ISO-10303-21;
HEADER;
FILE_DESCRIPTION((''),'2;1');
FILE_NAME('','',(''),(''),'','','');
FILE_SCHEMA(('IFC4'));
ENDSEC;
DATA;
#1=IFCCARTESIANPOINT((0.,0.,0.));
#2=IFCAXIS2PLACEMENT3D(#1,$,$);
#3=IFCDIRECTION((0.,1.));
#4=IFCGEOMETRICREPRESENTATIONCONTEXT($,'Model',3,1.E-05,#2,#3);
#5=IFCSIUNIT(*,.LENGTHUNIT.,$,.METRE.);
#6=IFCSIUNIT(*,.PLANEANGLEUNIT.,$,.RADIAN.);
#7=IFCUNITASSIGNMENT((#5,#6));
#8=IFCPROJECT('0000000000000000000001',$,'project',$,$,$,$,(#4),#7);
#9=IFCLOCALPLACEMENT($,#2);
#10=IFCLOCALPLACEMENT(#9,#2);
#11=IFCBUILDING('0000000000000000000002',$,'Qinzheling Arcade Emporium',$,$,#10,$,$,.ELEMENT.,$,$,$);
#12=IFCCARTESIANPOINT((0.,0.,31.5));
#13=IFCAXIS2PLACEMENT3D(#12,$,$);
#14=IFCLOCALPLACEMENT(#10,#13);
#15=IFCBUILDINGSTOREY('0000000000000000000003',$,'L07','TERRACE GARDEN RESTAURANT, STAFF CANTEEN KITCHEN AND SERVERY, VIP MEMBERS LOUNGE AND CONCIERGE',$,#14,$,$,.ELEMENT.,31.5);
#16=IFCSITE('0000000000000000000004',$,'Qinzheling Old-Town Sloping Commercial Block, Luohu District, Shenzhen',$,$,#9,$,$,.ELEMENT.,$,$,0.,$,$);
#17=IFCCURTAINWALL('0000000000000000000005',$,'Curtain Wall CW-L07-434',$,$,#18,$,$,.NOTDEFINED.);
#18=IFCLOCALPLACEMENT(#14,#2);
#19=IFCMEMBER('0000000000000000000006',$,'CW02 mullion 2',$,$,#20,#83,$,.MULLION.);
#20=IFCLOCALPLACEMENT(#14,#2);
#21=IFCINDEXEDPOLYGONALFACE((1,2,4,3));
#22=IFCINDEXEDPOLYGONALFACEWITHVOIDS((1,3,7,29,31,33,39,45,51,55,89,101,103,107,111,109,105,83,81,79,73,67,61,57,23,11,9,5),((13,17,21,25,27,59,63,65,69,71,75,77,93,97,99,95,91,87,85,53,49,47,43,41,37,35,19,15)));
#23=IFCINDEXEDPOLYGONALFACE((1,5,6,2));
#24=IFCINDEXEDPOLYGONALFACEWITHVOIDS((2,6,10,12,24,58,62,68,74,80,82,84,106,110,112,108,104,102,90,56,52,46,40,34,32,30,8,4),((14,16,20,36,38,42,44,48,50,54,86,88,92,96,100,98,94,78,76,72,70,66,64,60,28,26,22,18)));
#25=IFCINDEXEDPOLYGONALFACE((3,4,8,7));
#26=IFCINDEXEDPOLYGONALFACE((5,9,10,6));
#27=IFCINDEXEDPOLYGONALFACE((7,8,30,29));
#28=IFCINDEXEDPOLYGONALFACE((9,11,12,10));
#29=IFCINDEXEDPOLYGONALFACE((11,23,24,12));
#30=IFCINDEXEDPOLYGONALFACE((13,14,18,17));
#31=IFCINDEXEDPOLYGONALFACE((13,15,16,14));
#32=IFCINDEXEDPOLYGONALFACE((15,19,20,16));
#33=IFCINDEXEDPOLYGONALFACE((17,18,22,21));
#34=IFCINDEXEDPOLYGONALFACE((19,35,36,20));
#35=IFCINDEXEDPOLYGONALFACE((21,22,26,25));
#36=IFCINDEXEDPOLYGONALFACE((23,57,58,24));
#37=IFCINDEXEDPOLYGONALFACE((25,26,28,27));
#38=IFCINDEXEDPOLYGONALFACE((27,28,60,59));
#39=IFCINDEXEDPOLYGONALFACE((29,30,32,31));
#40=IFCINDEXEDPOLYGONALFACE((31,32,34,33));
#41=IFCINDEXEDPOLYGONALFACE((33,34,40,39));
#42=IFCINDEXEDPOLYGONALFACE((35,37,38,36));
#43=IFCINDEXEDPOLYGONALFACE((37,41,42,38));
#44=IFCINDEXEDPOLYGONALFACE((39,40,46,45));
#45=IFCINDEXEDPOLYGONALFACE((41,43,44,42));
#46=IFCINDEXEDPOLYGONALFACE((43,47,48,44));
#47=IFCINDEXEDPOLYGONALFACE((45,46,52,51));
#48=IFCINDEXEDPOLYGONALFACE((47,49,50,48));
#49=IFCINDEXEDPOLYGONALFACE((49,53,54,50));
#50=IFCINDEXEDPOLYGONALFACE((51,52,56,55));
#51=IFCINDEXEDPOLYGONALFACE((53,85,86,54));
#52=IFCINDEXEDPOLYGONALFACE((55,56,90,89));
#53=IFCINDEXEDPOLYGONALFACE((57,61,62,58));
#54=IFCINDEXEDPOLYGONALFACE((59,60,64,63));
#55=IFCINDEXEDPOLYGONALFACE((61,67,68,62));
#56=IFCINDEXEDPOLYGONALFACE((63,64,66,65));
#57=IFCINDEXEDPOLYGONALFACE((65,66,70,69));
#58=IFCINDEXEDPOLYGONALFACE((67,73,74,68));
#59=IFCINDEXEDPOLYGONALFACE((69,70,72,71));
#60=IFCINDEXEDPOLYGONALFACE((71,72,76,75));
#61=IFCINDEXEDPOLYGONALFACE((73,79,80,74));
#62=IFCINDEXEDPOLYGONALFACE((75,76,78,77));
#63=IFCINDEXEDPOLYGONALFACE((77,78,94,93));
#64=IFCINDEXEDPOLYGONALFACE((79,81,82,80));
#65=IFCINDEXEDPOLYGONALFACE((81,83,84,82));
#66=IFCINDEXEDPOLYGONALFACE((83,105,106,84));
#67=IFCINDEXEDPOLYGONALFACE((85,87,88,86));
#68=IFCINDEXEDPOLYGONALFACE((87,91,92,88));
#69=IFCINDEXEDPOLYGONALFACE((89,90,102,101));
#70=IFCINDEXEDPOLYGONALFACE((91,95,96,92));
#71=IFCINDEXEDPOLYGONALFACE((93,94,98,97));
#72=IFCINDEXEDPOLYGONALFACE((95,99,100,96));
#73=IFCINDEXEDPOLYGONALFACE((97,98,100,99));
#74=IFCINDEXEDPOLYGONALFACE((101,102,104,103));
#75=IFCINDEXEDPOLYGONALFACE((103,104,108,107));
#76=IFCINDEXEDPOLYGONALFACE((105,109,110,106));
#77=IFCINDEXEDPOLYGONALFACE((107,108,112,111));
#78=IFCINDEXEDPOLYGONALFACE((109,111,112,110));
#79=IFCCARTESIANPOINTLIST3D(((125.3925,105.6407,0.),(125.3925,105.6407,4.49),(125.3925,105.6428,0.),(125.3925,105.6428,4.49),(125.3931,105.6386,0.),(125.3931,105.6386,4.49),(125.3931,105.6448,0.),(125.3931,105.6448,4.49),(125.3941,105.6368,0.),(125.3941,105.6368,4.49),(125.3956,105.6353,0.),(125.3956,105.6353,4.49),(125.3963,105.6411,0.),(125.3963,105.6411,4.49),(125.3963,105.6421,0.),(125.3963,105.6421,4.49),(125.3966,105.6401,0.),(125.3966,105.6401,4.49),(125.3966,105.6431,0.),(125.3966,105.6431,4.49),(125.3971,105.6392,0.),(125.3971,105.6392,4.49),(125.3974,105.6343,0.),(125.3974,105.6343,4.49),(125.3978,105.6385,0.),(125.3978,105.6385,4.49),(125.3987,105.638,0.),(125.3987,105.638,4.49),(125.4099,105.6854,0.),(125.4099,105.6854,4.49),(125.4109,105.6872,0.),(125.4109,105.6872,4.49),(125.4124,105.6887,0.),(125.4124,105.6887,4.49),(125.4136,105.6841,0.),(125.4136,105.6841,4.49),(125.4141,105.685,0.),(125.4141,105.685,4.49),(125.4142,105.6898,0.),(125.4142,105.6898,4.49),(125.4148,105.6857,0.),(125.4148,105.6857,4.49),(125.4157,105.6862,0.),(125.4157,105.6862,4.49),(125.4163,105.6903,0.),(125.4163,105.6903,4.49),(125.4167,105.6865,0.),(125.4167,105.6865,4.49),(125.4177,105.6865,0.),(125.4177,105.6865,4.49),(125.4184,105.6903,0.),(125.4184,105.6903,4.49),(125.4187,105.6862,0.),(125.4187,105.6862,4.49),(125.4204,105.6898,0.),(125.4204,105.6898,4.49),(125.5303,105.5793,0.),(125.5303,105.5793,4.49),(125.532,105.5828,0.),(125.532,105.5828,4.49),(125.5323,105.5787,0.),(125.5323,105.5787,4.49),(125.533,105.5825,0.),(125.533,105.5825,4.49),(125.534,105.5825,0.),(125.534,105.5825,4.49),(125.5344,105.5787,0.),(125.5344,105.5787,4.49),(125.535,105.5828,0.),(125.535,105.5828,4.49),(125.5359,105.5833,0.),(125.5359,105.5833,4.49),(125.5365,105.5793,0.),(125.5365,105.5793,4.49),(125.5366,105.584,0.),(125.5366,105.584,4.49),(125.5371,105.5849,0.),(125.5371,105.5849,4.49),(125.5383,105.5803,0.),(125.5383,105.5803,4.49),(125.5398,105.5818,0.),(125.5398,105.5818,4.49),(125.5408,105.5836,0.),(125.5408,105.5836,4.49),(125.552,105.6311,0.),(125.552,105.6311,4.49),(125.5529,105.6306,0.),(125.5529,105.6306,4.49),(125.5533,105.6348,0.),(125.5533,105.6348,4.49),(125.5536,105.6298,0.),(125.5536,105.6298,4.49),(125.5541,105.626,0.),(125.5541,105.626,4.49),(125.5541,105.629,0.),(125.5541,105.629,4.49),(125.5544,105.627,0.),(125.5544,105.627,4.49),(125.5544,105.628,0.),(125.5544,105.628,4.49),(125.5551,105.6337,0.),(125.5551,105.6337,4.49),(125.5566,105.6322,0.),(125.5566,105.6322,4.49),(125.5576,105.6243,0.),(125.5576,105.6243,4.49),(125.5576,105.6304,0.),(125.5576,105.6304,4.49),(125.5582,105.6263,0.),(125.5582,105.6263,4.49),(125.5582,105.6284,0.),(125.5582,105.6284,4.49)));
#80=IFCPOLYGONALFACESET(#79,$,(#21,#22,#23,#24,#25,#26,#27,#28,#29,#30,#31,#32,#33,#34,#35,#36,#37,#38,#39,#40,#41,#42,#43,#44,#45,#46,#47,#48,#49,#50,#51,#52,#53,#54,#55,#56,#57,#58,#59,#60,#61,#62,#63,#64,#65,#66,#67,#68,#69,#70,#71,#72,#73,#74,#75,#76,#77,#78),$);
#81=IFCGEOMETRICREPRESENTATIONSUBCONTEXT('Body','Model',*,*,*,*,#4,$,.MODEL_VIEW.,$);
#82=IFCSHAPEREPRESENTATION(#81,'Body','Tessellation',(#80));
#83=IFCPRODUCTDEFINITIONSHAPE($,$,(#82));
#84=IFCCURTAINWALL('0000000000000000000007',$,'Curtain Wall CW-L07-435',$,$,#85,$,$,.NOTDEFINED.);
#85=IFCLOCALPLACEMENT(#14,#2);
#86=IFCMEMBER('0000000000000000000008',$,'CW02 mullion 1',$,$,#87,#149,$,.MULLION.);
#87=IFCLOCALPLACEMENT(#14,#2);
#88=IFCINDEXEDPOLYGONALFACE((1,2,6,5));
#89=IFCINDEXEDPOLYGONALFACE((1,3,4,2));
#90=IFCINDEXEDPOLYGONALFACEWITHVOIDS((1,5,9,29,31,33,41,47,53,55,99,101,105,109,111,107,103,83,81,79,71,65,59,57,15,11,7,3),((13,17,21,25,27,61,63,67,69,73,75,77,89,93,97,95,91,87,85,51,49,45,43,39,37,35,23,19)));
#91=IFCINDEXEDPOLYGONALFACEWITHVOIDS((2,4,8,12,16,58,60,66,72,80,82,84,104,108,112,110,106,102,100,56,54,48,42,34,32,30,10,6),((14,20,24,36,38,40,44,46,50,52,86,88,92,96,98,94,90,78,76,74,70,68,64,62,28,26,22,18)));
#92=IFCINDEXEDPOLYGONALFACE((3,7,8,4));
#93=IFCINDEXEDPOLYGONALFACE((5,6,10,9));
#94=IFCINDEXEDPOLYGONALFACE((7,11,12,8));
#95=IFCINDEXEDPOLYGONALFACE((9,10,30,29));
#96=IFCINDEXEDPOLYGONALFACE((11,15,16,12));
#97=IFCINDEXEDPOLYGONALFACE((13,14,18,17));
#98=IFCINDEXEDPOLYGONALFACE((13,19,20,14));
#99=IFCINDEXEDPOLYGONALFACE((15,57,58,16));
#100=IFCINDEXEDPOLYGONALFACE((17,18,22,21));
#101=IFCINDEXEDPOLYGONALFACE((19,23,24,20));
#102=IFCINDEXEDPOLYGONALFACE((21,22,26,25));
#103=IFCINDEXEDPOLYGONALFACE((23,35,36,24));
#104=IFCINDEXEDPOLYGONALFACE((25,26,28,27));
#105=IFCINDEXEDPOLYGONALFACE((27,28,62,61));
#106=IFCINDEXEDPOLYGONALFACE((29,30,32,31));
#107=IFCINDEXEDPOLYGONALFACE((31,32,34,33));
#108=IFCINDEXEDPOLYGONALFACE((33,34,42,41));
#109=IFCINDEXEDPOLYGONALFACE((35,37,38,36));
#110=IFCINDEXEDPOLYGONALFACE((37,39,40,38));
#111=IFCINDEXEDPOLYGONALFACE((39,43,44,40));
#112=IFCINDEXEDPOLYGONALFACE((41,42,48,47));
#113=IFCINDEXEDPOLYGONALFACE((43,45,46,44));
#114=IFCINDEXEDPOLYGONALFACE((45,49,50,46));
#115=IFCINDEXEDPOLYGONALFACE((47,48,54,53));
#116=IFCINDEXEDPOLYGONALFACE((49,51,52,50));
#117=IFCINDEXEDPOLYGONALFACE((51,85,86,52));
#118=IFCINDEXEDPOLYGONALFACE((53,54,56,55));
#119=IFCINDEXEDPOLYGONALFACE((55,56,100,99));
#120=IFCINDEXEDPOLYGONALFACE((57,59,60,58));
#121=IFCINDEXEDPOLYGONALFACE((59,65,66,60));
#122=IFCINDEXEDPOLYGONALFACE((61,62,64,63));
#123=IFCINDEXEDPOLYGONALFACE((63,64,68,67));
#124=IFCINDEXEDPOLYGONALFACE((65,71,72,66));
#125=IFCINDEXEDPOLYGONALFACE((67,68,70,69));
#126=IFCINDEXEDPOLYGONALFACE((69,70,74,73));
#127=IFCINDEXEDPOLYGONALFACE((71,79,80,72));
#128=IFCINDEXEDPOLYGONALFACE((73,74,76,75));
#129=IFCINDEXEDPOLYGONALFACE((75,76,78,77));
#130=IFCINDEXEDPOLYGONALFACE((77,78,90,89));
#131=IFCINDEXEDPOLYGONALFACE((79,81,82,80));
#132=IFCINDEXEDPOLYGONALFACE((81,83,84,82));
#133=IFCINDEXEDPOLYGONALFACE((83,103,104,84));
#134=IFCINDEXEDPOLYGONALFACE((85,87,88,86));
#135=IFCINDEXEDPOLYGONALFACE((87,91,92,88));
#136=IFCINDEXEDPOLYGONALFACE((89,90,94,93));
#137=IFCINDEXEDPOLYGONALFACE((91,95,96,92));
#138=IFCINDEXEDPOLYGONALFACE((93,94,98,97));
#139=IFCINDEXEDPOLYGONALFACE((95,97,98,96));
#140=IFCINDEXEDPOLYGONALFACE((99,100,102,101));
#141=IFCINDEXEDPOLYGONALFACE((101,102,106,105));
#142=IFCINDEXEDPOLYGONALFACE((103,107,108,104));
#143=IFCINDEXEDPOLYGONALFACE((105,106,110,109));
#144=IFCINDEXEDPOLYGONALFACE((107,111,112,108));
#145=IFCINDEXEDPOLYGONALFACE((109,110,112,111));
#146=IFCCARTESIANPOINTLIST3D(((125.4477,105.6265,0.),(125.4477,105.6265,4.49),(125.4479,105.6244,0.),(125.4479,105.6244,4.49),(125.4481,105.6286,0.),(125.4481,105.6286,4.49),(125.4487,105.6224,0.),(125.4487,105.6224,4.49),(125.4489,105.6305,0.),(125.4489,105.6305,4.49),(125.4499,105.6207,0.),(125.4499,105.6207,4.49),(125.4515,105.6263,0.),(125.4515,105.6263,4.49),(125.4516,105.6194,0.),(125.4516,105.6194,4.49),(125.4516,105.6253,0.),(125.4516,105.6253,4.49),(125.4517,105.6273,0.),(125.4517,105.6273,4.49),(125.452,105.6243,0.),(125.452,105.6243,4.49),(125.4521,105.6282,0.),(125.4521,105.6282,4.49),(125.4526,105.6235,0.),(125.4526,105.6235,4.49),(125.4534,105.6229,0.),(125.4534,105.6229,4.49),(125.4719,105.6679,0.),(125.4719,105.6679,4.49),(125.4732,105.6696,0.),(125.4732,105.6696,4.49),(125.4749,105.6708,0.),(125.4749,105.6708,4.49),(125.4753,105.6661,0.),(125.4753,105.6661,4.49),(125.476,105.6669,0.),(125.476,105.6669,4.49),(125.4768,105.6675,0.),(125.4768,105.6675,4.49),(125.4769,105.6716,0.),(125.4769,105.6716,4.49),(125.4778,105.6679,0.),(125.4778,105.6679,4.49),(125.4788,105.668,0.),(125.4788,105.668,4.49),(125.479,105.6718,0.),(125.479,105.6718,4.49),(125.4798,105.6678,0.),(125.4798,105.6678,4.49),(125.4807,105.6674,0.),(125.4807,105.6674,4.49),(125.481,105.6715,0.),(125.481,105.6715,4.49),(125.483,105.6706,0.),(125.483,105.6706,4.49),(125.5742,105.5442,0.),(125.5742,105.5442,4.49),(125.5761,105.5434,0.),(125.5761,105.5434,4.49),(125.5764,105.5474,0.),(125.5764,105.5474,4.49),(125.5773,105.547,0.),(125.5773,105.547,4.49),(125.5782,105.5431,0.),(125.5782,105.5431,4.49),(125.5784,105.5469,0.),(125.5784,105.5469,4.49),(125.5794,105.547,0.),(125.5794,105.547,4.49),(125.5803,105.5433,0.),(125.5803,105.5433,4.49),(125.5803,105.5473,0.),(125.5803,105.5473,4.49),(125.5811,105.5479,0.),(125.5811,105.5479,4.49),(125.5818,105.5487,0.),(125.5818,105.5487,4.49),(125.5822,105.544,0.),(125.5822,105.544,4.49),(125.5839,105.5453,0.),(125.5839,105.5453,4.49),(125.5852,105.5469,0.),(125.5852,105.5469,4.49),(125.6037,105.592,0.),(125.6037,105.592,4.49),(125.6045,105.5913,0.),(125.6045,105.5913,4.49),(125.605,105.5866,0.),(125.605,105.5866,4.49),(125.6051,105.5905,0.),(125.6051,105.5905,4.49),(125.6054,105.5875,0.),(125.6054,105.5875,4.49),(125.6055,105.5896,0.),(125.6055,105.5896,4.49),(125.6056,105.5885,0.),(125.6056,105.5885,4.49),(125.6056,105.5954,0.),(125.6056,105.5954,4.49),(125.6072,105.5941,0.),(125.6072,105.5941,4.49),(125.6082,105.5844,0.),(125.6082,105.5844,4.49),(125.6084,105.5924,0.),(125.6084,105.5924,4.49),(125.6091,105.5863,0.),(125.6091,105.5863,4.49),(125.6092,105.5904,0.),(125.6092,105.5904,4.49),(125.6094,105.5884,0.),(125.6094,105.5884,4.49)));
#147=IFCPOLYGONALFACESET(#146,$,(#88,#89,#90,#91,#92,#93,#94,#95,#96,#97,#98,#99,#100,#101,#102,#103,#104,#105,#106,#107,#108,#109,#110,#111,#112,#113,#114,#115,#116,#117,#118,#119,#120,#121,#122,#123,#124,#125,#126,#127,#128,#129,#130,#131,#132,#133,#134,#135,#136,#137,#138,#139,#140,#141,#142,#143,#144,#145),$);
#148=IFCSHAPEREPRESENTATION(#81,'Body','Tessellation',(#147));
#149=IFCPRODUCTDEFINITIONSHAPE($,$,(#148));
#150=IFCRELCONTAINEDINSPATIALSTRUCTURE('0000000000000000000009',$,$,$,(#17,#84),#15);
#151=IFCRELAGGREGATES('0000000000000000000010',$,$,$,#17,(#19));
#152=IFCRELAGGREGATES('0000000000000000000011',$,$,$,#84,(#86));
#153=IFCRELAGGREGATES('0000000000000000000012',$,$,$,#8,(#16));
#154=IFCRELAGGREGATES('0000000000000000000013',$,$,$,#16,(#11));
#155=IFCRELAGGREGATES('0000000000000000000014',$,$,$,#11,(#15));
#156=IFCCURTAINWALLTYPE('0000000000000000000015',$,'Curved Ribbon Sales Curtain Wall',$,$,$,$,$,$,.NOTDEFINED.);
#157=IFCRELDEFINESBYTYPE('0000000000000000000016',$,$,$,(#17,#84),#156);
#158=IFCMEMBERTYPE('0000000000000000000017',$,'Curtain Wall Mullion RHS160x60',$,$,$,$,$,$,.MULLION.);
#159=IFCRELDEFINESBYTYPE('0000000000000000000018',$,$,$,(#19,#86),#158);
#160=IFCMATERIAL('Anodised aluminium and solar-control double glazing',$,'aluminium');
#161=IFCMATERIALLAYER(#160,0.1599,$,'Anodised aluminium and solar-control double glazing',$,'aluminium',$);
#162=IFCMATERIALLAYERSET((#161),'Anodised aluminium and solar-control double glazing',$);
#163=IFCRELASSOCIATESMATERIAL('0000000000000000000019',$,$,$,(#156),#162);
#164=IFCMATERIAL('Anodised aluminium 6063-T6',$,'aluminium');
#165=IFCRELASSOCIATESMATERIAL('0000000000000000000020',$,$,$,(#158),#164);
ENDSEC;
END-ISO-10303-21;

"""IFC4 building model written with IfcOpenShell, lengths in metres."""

from ifc_helpers import new_model, si_unit, direction, frame, origin, origin_2d, place, context, subcontext, project, spatial, hollow_rectangle, extrude, material, layer, layer_set, material_profile, profile_set, type_object, element, aggregate, save


model = new_model("IFC4")

# Units and contexts
model_context = context("Model", 3, precision=1e-05, world=origin(), true_north=direction((0.0, 1.0)))
body_context = subcontext(model_context, "Body", "Model", "MODEL_VIEW")
ifc_project = project(units=[si_unit("LENGTHUNIT", "METRE"), si_unit("PLANEANGLEUNIT", "RADIAN")], contexts=[model_context])

# Site, building, storey
site_placement = place(None, origin())
site = spatial("IfcSite", under=ifc_project, at=site_placement, Name="Qinzheling Old-Town Sloping Commercial Block, Luohu District, Shenzhen", CompositionType="ELEMENT", RefElevation=0.0)
building_placement = place(site_placement, origin())
building = spatial("IfcBuilding", under=site, at=building_placement, Name="Qinzheling Arcade Emporium", CompositionType="ELEMENT")
storey_placement = place(building_placement, frame((0.0, 0.0, 31.5)))
storey = spatial("IfcBuildingStorey", under=building, at=storey_placement, Name="L07", Description="TERRACE GARDEN RESTAURANT, STAFF CANTEEN KITCHEN AND SERVERY, VIP MEMBERS LOUNGE AND CONCIERGE", CompositionType="ELEMENT", Elevation=31.5)

# Shared definitions
ifc_material_1 = material(Name="Anodised aluminium and solar-control double glazing", Category="aluminium")
ifc_layer_1 = layer(ifc_material_1, 0.1599, Name="Anodised aluminium and solar-control double glazing", Category="aluminium")
ifc_layer_set_1 = layer_set([ifc_layer_1], Name="Anodised aluminium and solar-control double glazing")
curtain_wall_type = type_object("IfcCurtainWallType", Name="Curved Ribbon Sales Curtain Wall", PredefinedType="NOTDEFINED", material=ifc_layer_set_1)
ifc_material_2 = material(Name="Anodised aluminium 6063-T6", Category="aluminium")
ifc_material_profile_1 = material_profile(ifc_material_2, hollow_rectangle(XDim=0.0601, YDim=0.1599, WallThickness=0.0039, InnerFilletRadius=0.0039, OuterFilletRadius=0.0081, at=origin_2d()), Name="RHS 160x60x4", Category="aluminium")
ifc_profile_set_1 = profile_set([ifc_material_profile_1], Name="Anodised aluminium 6063-T6")
member_type_1 = type_object("IfcMemberType", Name="Curtain Wall Mullion RHS160x60", PredefinedType="MULLION", material=ifc_profile_set_1)

# Curtain wall, member
curtain_wall_1_placement = place(storey_placement, origin())
curtain_wall_1 = element("IfcCurtainWall", 1, at=curtain_wall_1_placement, inside=storey, type_object=curtain_wall_type, Name="Curtain Wall CW-L07-434", PredefinedType="NOTDEFINED")
member_1_placement = place(storey_placement, frame((125.4753, 105.6345, 0.0), z_axis=(0.0, 0.0, 1.0), x_axis=(0.382352, 0.924017, 0.0)))
member_1 = element("IfcMember", 2, at=member_1_placement, type_object=member_type_1, Name="CW02 mullion 2", PredefinedType="MULLION", context=body_context, shape_type="SweptSolid", body=[
    extrude(hollow_rectangle(XDim=0.0601, YDim=0.1599, WallThickness=0.0039, InnerFilletRadius=0.0039, OuterFilletRadius=0.0081, at=origin_2d()), origin(), (0.0, 0.0, 1.0), 4.49),
])

# Curtain wall, member
curtain_wall_2_placement = place(storey_placement, origin())
curtain_wall_2 = element("IfcCurtainWall", 3, at=curtain_wall_2_placement, inside=storey, type_object=curtain_wall_type, Name="Curtain Wall CW-L07-435", PredefinedType="NOTDEFINED")
member_2_placement = place(storey_placement, frame((125.5286, 105.6074, 0.0), z_axis=(0.0, 0.0, 1.0), x_axis=(0.522714, 0.852508, 0.0)))
member_2 = element("IfcMember", 4, at=member_2_placement, type_object=member_type_1, Name="CW02 mullion 1", PredefinedType="MULLION", context=body_context, shape_type="SweptSolid", body=[
    extrude(hollow_rectangle(XDim=0.0601, YDim=0.1599, WallThickness=0.0039, InnerFilletRadius=0.0039, OuterFilletRadius=0.0081, at=origin_2d()), origin(), (0.0, 0.0, 1.0), 4.49),
])

aggregate(curtain_wall_1, [member_1])
aggregate(curtain_wall_2, [member_2])

save(model, "model.ifc")
